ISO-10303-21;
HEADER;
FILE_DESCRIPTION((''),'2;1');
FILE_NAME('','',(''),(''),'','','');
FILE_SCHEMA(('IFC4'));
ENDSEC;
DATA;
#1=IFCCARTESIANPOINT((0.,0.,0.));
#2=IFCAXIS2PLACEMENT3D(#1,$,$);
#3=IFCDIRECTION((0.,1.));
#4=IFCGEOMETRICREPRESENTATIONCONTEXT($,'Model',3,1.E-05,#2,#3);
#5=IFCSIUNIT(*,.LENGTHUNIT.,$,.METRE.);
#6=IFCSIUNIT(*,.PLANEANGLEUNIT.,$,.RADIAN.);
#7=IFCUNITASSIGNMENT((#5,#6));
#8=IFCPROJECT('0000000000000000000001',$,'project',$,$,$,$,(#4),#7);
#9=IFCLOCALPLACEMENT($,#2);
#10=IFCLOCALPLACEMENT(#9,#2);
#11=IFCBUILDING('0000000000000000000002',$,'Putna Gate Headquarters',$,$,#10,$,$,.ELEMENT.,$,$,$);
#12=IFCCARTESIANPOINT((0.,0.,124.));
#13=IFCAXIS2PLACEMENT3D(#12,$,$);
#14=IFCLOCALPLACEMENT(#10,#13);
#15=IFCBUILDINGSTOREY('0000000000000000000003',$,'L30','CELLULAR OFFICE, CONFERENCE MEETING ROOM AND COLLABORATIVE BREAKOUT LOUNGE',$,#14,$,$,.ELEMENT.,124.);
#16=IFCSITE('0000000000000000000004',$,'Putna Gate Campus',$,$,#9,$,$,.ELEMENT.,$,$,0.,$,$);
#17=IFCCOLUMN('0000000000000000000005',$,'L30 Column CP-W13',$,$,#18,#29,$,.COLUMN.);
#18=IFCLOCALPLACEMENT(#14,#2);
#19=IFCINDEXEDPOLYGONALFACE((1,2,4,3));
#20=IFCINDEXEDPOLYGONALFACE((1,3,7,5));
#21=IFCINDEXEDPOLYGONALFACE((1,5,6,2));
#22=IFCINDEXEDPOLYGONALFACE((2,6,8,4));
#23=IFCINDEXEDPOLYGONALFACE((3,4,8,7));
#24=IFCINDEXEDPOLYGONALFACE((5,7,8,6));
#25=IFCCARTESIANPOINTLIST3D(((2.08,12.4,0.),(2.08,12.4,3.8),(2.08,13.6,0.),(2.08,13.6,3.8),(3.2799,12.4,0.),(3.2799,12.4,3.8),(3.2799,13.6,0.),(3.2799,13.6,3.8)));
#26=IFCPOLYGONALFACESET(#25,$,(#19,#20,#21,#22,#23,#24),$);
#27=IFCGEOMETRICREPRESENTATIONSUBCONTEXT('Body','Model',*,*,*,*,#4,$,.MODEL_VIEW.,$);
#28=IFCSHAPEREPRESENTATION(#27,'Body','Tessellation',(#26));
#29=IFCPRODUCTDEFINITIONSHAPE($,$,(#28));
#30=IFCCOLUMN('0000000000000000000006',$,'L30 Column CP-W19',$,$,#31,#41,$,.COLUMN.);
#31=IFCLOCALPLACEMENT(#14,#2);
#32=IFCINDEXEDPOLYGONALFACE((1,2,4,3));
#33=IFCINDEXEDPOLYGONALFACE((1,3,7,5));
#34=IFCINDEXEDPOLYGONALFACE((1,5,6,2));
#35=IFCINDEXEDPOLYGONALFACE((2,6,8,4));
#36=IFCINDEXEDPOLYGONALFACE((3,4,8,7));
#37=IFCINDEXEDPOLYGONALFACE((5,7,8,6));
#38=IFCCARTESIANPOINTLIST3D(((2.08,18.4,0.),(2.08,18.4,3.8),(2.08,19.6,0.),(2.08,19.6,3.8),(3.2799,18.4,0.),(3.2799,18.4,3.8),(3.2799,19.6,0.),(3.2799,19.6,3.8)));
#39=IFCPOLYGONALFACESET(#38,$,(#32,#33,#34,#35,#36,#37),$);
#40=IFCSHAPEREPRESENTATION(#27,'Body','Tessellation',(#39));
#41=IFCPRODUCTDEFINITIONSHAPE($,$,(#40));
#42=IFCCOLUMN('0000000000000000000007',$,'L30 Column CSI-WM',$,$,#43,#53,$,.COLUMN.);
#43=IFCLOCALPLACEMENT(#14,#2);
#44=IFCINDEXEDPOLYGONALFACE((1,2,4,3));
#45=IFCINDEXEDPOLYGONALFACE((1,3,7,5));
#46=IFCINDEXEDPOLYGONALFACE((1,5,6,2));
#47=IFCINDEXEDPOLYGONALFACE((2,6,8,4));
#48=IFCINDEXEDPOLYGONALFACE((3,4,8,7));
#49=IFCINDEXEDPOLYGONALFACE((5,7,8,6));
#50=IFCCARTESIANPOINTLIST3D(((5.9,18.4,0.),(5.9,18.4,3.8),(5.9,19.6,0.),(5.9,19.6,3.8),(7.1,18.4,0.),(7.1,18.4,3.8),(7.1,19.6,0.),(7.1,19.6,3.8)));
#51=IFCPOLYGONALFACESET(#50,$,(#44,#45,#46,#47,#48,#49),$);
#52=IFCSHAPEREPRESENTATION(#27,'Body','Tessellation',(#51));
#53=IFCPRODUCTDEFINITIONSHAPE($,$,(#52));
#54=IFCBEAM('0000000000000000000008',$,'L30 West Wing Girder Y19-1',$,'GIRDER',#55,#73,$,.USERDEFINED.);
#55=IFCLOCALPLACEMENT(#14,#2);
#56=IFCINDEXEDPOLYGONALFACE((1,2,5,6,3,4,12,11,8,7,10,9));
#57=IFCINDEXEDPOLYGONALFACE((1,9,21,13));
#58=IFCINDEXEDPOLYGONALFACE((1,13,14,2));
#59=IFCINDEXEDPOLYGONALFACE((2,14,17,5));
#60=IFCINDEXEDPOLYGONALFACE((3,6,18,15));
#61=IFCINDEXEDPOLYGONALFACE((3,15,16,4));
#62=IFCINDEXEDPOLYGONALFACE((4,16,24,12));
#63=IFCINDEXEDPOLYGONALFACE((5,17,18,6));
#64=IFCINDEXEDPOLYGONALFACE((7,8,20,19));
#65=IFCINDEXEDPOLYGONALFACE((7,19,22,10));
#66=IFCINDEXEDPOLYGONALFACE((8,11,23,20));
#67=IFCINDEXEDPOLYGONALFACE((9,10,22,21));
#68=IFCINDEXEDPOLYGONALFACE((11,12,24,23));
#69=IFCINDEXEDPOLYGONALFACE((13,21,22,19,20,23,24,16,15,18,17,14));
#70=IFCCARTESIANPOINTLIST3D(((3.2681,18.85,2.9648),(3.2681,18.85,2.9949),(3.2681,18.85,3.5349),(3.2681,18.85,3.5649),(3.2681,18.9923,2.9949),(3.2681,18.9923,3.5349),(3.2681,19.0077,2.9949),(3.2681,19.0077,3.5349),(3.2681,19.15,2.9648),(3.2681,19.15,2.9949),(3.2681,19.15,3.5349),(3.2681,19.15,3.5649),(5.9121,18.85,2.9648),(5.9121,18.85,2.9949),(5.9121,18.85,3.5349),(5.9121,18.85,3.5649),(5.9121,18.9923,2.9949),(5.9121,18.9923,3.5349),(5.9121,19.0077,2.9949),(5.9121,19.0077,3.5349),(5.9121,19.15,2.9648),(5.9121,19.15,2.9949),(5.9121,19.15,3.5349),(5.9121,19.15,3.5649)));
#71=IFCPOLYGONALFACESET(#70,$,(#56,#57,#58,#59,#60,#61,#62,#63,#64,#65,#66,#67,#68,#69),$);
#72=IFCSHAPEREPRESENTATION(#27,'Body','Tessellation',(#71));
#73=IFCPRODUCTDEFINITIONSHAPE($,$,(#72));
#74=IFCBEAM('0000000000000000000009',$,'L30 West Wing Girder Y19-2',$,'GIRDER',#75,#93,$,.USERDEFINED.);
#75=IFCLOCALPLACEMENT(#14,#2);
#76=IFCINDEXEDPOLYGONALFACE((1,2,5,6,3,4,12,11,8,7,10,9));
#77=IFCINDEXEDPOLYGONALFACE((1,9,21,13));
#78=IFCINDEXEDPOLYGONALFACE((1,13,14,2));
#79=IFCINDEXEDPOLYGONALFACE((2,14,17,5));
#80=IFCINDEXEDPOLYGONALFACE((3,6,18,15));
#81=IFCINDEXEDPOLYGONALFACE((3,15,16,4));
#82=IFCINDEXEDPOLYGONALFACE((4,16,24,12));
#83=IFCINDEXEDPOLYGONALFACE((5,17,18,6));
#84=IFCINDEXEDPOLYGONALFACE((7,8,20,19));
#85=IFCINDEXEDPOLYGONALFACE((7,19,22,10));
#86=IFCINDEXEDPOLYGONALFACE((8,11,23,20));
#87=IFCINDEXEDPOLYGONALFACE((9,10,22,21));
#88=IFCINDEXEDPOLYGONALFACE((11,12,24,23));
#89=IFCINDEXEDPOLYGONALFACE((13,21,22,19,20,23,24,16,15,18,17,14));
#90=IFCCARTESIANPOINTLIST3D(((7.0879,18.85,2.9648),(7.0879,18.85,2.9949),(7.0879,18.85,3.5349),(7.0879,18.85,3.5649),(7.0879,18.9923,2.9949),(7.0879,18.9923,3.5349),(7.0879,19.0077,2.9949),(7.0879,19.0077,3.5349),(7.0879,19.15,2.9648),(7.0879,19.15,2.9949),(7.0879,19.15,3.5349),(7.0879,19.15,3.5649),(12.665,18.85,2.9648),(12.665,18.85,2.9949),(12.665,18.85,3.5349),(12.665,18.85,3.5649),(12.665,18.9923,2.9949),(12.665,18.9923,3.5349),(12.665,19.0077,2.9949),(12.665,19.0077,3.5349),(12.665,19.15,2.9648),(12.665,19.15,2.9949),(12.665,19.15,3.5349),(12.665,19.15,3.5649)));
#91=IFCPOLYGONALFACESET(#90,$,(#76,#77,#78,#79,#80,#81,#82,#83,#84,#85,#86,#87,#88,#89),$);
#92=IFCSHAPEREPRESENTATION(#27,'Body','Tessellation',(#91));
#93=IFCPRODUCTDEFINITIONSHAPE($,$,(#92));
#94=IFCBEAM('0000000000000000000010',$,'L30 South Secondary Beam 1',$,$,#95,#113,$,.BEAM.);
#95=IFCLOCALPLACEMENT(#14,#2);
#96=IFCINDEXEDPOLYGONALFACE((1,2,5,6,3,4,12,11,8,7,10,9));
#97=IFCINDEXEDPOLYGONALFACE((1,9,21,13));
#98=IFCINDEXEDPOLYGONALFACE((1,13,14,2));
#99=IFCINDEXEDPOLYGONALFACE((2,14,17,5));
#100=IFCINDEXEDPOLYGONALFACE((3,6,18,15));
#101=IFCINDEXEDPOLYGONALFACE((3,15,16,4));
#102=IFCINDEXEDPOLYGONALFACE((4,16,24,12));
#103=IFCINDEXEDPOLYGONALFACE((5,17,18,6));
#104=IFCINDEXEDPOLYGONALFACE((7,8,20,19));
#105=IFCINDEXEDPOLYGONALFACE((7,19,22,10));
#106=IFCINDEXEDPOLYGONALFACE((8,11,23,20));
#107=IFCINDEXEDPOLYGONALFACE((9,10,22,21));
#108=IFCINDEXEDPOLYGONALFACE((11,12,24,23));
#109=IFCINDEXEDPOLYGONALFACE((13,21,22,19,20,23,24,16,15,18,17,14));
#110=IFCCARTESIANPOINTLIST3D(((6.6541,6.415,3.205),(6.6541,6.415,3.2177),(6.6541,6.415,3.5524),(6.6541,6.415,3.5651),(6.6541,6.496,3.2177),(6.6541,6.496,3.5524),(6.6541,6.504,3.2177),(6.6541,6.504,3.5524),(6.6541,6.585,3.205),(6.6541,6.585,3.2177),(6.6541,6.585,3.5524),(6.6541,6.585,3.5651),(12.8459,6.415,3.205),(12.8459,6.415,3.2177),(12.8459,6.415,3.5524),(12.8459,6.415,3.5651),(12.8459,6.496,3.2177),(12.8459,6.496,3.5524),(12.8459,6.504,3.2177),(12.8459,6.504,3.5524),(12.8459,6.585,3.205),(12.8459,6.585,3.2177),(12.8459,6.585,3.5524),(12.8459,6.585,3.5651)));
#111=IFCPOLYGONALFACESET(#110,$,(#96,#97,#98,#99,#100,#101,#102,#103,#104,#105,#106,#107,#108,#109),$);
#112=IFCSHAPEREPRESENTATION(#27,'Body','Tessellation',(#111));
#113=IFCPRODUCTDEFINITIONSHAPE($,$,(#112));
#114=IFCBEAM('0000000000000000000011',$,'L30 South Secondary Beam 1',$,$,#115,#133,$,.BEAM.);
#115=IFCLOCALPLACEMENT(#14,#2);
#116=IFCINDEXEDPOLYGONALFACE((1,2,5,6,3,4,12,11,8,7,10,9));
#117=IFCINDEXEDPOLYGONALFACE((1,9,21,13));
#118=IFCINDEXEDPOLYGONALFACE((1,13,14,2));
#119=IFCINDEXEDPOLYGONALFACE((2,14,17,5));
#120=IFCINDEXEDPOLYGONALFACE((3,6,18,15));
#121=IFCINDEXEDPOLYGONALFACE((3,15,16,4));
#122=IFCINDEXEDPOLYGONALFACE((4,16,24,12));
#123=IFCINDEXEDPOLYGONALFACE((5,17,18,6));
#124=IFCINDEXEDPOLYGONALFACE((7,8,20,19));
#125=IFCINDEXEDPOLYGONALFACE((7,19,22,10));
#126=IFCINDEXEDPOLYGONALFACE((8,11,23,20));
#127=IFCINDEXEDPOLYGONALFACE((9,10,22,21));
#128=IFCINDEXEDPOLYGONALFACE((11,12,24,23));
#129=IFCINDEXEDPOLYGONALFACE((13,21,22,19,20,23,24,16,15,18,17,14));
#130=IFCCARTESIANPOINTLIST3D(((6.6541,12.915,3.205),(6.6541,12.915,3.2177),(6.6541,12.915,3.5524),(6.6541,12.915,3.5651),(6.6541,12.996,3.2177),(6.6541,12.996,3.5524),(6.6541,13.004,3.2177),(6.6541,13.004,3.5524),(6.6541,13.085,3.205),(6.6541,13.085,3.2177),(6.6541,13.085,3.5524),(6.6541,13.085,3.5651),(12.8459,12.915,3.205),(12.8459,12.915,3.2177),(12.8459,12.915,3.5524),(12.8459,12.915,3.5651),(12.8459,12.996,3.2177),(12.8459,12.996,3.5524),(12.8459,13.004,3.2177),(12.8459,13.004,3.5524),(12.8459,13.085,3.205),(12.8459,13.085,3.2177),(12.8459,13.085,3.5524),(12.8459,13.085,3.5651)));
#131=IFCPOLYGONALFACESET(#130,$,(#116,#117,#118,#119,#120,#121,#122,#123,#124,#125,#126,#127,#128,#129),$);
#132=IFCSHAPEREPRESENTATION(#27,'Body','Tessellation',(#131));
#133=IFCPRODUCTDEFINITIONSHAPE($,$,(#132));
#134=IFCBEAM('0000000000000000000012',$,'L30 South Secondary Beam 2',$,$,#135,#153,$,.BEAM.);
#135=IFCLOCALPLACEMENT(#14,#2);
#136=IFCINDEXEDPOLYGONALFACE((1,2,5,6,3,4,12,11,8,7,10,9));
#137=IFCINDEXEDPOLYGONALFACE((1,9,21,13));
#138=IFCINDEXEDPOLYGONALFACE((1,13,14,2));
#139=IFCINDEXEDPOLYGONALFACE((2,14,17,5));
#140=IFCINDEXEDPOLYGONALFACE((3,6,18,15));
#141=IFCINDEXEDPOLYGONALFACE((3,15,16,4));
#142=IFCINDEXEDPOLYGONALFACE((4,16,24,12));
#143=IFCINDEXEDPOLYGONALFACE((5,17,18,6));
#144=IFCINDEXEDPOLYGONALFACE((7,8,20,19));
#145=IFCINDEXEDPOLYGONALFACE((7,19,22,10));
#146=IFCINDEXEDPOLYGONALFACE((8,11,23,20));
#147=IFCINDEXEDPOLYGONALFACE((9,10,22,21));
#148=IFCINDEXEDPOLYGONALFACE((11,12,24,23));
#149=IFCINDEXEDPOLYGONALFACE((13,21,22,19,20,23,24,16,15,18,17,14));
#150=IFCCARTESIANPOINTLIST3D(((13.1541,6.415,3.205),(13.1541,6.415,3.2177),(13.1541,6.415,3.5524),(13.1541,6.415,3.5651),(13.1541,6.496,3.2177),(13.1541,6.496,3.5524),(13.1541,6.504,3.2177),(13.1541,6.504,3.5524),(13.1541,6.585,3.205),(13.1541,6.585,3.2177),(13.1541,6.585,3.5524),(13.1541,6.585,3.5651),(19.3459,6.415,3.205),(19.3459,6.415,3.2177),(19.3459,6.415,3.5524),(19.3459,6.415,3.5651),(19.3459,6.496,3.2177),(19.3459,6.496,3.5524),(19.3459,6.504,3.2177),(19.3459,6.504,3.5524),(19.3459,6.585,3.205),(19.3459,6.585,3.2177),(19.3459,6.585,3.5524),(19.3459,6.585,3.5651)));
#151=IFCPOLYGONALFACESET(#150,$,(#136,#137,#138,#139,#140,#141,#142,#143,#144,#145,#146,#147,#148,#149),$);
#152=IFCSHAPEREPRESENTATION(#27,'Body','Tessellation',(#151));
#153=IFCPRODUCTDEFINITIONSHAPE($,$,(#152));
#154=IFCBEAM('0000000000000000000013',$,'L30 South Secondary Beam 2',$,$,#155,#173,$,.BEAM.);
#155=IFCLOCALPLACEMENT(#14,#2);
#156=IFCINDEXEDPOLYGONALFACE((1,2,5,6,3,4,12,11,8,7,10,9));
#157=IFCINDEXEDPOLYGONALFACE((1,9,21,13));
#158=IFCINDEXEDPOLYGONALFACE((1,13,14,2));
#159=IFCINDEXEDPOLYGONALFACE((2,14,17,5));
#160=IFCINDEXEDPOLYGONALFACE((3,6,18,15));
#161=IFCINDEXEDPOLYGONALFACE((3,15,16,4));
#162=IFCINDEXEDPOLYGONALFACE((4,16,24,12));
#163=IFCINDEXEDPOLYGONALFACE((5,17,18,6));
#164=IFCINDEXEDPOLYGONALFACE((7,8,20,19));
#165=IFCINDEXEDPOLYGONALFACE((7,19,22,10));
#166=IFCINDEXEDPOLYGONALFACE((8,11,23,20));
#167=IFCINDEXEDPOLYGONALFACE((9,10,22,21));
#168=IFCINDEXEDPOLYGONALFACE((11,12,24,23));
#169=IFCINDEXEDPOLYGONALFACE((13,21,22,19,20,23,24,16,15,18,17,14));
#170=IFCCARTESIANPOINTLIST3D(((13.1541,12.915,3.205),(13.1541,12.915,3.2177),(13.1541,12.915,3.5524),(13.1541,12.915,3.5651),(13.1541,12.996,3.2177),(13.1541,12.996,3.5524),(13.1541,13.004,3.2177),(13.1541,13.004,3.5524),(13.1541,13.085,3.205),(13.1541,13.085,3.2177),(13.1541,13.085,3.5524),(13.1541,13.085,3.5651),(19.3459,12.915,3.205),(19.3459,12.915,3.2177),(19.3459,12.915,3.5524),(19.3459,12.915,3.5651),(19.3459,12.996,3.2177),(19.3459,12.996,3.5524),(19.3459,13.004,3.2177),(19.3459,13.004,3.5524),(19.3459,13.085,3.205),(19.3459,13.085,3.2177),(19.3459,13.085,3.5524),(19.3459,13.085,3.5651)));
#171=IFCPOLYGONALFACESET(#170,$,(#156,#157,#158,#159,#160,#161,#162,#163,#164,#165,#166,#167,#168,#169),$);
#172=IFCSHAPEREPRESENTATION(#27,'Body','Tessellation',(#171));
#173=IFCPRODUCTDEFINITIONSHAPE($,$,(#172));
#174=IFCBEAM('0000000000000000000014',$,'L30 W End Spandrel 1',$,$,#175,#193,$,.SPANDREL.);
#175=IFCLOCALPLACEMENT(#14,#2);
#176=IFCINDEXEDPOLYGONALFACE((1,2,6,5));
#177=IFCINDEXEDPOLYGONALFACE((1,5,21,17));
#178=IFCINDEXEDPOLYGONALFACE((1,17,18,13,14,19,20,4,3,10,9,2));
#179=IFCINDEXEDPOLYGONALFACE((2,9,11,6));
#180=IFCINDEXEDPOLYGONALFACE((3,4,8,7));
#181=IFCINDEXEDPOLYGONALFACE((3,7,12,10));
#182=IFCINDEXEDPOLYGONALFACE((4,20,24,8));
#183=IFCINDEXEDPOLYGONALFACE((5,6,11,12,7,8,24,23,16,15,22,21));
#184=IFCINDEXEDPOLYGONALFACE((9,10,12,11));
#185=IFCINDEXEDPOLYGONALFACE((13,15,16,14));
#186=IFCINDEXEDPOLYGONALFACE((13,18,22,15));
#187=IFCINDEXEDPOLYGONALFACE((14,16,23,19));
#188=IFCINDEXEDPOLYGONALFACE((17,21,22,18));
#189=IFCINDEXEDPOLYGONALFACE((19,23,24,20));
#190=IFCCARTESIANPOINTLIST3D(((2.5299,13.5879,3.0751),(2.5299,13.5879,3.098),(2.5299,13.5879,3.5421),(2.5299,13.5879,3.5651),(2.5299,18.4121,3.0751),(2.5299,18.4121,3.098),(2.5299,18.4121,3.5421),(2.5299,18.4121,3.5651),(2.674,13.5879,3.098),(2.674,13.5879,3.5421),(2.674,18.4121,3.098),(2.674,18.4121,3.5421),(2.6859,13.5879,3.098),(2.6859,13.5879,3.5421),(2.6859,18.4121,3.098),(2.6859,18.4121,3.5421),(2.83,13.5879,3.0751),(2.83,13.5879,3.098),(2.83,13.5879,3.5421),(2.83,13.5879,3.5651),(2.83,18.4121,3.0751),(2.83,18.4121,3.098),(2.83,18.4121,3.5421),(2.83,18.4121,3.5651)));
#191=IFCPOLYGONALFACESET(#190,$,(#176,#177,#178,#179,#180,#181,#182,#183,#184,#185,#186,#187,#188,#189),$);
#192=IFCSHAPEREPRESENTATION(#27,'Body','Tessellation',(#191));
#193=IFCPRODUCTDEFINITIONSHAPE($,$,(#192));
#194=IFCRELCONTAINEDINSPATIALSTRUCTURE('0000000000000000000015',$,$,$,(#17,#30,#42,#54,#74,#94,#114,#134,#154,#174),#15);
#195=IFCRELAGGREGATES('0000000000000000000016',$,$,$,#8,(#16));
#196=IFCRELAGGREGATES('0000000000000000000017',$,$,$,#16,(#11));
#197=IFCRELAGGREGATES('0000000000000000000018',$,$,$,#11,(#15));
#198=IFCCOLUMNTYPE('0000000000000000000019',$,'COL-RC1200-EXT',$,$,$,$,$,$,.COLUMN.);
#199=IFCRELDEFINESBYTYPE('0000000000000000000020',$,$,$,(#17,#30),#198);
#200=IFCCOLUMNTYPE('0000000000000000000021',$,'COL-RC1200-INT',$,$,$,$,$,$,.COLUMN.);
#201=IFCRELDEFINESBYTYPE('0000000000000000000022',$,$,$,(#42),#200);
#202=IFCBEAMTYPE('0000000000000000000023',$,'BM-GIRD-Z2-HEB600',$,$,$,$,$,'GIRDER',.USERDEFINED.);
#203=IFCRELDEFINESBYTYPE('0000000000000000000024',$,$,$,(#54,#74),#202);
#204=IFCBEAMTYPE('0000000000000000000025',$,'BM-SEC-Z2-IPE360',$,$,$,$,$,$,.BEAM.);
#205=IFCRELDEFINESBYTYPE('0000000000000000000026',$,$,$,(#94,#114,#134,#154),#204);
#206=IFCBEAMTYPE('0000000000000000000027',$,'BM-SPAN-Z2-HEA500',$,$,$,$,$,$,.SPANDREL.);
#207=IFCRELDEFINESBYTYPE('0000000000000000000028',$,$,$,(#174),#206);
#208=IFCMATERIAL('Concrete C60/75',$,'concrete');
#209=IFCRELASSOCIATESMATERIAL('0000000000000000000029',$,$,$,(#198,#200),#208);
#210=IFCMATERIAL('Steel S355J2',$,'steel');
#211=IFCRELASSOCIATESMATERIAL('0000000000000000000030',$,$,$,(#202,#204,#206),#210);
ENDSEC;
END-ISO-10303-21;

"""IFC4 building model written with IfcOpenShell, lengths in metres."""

from ifc_helpers import new_model, si_unit, direction, frame, origin, origin_2d, place, context, subcontext, project, spatial, rectangle, i_section, extrude, material, material_profile, profile_set, type_object, element, save


model = new_model("IFC4")

# Units and contexts
model_context = context("Model", 3, precision=1e-05, world=origin(), true_north=direction((0.0, 1.0)))
body_context = subcontext(model_context, "Body", "Model", "MODEL_VIEW")
ifc_project = project(units=[si_unit("LENGTHUNIT", "METRE"), si_unit("PLANEANGLEUNIT", "RADIAN")], contexts=[model_context])

# Site, building, storey
site_placement = place(None, origin())
site = spatial("IfcSite", under=ifc_project, at=site_placement, Name="Putna Gate Campus", CompositionType="ELEMENT", RefElevation=0.0)
building_placement = place(site_placement, origin())
building = spatial("IfcBuilding", under=site, at=building_placement, Name="Putna Gate Headquarters", CompositionType="ELEMENT")
storey_placement = place(building_placement, frame((0.0, 0.0, 124.0)))
storey = spatial("IfcBuildingStorey", under=building, at=storey_placement, Name="L30", Description="CELLULAR OFFICE, CONFERENCE MEETING ROOM AND COLLABORATIVE BREAKOUT LOUNGE", CompositionType="ELEMENT", Elevation=124.0)

# Columns
ifc_material_1 = material(Name="Concrete C60/75", Category="concrete")
ifc_material_profile_1 = material_profile(ifc_material_1, rectangle(XDim=1.2, YDim=1.2, at=origin_2d()), Name="Concrete C60/75")
ifc_profile_set_1 = profile_set([ifc_material_profile_1], Name="Concrete C60/75")
column_type_1 = type_object("IfcColumnType", Name="COL-RC1200-EXT", PredefinedType="COLUMN", material=ifc_profile_set_1)
for number, where, z_axis, x_axis, name in (
    (1, (2.6799, 13.0, 0.0), (0.0, 0.0, 1.0), (1.0, 0.0, 0.0), "L30 Column CP-W13"),
    (2, (2.6799, 19.0, 0.0), (0.0, 0.0, 1.0), (1.0, 0.0, 0.0), "L30 Column CP-W19"),
):
    element("IfcColumn", number, at=place(storey_placement, frame(where, z_axis=z_axis, x_axis=x_axis)), inside=storey, type_object=column_type_1, Name=name, PredefinedType="COLUMN", context=body_context, shape_type="SweptSolid", body=[
        extrude(rectangle(XDim=1.2, YDim=1.2, at=origin_2d()), origin(), (0.0, 0.0, 1.0), 3.8),
    ])
ifc_material_profile_2 = material_profile(ifc_material_1, rectangle(XDim=1.2, YDim=1.2, at=origin_2d()), Name="Concrete C60/75")
ifc_profile_set_2 = profile_set([ifc_material_profile_2], Name="Concrete C60/75")
column_type_2 = type_object("IfcColumnType", Name="COL-RC1200-INT", PredefinedType="COLUMN", material=ifc_profile_set_2)
column_placement = place(storey_placement, frame((6.5, 19.0, 0.0), z_axis=(0.0, 0.0, 1.0), x_axis=(1.0, 0.0, 0.0)))
element("IfcColumn", 3, at=column_placement, inside=storey, type_object=column_type_2, Name="L30 Column CSI-WM", PredefinedType="COLUMN", context=body_context, shape_type="SweptSolid", body=[
    extrude(rectangle(XDim=1.2, YDim=1.2, at=origin_2d()), origin(), (0.0, 0.0, 1.0), 3.8),
])

# Beams
ifc_material_2 = material(Name="Steel S355J2", Category="steel")
ifc_material_profile_3 = material_profile(ifc_material_2, i_section(OverallWidth=0.3, OverallDepth=0.6001, WebThickness=0.0154, FlangeThickness=0.03, at=origin_2d()), Name="Steel S355J2")
ifc_profile_set_3 = profile_set([ifc_material_profile_3], Name="Steel S355J2")
beam_type_1 = type_object("IfcBeamType", Name="BM-GIRD-Z2-HEB600", ElementType="GIRDER", PredefinedType="USERDEFINED", material=ifc_profile_set_3)
beam_1_placement = place(storey_placement, frame((3.2681, 19.0, 3.2649), z_axis=(1.0, 0.0, 0.0), x_axis=(0.0, 1.0, 0.0)))
element("IfcBeam", 4, at=beam_1_placement, inside=storey, type_object=beam_type_1, Name="L30 West Wing Girder Y19-1", ObjectType="GIRDER", PredefinedType="USERDEFINED", context=body_context, shape_type="SweptSolid", body=[
    extrude(i_section(OverallWidth=0.3, OverallDepth=0.6001, WebThickness=0.0154, FlangeThickness=0.03, at=origin_2d()), origin(), (0.0, 0.0, 1.0), 2.644),
])
beam_2_placement = place(storey_placement, frame((7.0879, 19.0, 3.2649), z_axis=(1.0, 0.0, 0.0), x_axis=(0.0, 1.0, 0.0)))
element("IfcBeam", 5, at=beam_2_placement, inside=storey, type_object=beam_type_1, Name="L30 West Wing Girder Y19-2", ObjectType="GIRDER", PredefinedType="USERDEFINED", context=body_context, shape_type="SweptSolid", body=[
    extrude(i_section(OverallWidth=0.3, OverallDepth=0.6001, WebThickness=0.0154, FlangeThickness=0.03, at=origin_2d()), origin(), (0.0, 0.0, 1.0), 5.5771),
])
ifc_material_profile_4 = material_profile(ifc_material_2, i_section(OverallWidth=0.1699, OverallDepth=0.3601, WebThickness=0.0081, FlangeThickness=0.0127, at=origin_2d()), Name="Steel S355J2")
ifc_profile_set_4 = profile_set([ifc_material_profile_4], Name="Steel S355J2")
beam_type_2 = type_object("IfcBeamType", Name="BM-SEC-Z2-IPE360", PredefinedType="BEAM", material=ifc_profile_set_4)
for number, where, z_axis, x_axis, name in (
    (6, (6.6541, 6.5, 3.385), (1.0, 0.0, 0.0), (0.0, 1.0, 0.0), "L30 South Secondary Beam 1"),
    (7, (6.6541, 13.0, 3.385), (1.0, 0.0, 0.0), (0.0, 1.0, 0.0), "L30 South Secondary Beam 1"),
    (8, (13.1541, 6.5, 3.385), (1.0, 0.0, 0.0), (0.0, 1.0, 0.0), "L30 South Secondary Beam 2"),
    (9, (13.1541, 13.0, 3.385), (1.0, 0.0, 0.0), (0.0, 1.0, 0.0), "L30 South Secondary Beam 2"),
):
    element("IfcBeam", number, at=place(storey_placement, frame(where, z_axis=z_axis, x_axis=x_axis)), inside=storey, type_object=beam_type_2, Name=name, PredefinedType="BEAM", context=body_context, shape_type="SweptSolid", body=[
        extrude(i_section(OverallWidth=0.1699, OverallDepth=0.3601, WebThickness=0.0081, FlangeThickness=0.0127, at=origin_2d()), origin(), (0.0, 0.0, 1.0), 6.1919),
    ])
ifc_material_profile_5 = material_profile(ifc_material_2, i_section(OverallWidth=0.3, OverallDepth=0.49, WebThickness=0.012, FlangeThickness=0.0229, at=origin_2d()), Name="Steel S355J2")
ifc_profile_set_5 = profile_set([ifc_material_profile_5], Name="Steel S355J2")
beam_type_3 = type_object("IfcBeamType", Name="BM-SPAN-Z2-HEA500", PredefinedType="SPANDREL", material=ifc_profile_set_5)
beam_3_placement = place(storey_placement, frame((2.6799, 13.5879, 3.3201), z_axis=(0.0, 1.0, 0.0), x_axis=(-1.0, 0.0, 0.0)))
element("IfcBeam", 10, at=beam_3_placement, inside=storey, type_object=beam_type_3, Name="L30 W End Spandrel 1", PredefinedType="SPANDREL", context=body_context, shape_type="SweptSolid", body=[
    extrude(i_section(OverallWidth=0.3, OverallDepth=0.49, WebThickness=0.012, FlangeThickness=0.0229, at=origin_2d()), origin(), (0.0, 0.0, 1.0), 4.8242),
])

save(model, "model.ifc")
